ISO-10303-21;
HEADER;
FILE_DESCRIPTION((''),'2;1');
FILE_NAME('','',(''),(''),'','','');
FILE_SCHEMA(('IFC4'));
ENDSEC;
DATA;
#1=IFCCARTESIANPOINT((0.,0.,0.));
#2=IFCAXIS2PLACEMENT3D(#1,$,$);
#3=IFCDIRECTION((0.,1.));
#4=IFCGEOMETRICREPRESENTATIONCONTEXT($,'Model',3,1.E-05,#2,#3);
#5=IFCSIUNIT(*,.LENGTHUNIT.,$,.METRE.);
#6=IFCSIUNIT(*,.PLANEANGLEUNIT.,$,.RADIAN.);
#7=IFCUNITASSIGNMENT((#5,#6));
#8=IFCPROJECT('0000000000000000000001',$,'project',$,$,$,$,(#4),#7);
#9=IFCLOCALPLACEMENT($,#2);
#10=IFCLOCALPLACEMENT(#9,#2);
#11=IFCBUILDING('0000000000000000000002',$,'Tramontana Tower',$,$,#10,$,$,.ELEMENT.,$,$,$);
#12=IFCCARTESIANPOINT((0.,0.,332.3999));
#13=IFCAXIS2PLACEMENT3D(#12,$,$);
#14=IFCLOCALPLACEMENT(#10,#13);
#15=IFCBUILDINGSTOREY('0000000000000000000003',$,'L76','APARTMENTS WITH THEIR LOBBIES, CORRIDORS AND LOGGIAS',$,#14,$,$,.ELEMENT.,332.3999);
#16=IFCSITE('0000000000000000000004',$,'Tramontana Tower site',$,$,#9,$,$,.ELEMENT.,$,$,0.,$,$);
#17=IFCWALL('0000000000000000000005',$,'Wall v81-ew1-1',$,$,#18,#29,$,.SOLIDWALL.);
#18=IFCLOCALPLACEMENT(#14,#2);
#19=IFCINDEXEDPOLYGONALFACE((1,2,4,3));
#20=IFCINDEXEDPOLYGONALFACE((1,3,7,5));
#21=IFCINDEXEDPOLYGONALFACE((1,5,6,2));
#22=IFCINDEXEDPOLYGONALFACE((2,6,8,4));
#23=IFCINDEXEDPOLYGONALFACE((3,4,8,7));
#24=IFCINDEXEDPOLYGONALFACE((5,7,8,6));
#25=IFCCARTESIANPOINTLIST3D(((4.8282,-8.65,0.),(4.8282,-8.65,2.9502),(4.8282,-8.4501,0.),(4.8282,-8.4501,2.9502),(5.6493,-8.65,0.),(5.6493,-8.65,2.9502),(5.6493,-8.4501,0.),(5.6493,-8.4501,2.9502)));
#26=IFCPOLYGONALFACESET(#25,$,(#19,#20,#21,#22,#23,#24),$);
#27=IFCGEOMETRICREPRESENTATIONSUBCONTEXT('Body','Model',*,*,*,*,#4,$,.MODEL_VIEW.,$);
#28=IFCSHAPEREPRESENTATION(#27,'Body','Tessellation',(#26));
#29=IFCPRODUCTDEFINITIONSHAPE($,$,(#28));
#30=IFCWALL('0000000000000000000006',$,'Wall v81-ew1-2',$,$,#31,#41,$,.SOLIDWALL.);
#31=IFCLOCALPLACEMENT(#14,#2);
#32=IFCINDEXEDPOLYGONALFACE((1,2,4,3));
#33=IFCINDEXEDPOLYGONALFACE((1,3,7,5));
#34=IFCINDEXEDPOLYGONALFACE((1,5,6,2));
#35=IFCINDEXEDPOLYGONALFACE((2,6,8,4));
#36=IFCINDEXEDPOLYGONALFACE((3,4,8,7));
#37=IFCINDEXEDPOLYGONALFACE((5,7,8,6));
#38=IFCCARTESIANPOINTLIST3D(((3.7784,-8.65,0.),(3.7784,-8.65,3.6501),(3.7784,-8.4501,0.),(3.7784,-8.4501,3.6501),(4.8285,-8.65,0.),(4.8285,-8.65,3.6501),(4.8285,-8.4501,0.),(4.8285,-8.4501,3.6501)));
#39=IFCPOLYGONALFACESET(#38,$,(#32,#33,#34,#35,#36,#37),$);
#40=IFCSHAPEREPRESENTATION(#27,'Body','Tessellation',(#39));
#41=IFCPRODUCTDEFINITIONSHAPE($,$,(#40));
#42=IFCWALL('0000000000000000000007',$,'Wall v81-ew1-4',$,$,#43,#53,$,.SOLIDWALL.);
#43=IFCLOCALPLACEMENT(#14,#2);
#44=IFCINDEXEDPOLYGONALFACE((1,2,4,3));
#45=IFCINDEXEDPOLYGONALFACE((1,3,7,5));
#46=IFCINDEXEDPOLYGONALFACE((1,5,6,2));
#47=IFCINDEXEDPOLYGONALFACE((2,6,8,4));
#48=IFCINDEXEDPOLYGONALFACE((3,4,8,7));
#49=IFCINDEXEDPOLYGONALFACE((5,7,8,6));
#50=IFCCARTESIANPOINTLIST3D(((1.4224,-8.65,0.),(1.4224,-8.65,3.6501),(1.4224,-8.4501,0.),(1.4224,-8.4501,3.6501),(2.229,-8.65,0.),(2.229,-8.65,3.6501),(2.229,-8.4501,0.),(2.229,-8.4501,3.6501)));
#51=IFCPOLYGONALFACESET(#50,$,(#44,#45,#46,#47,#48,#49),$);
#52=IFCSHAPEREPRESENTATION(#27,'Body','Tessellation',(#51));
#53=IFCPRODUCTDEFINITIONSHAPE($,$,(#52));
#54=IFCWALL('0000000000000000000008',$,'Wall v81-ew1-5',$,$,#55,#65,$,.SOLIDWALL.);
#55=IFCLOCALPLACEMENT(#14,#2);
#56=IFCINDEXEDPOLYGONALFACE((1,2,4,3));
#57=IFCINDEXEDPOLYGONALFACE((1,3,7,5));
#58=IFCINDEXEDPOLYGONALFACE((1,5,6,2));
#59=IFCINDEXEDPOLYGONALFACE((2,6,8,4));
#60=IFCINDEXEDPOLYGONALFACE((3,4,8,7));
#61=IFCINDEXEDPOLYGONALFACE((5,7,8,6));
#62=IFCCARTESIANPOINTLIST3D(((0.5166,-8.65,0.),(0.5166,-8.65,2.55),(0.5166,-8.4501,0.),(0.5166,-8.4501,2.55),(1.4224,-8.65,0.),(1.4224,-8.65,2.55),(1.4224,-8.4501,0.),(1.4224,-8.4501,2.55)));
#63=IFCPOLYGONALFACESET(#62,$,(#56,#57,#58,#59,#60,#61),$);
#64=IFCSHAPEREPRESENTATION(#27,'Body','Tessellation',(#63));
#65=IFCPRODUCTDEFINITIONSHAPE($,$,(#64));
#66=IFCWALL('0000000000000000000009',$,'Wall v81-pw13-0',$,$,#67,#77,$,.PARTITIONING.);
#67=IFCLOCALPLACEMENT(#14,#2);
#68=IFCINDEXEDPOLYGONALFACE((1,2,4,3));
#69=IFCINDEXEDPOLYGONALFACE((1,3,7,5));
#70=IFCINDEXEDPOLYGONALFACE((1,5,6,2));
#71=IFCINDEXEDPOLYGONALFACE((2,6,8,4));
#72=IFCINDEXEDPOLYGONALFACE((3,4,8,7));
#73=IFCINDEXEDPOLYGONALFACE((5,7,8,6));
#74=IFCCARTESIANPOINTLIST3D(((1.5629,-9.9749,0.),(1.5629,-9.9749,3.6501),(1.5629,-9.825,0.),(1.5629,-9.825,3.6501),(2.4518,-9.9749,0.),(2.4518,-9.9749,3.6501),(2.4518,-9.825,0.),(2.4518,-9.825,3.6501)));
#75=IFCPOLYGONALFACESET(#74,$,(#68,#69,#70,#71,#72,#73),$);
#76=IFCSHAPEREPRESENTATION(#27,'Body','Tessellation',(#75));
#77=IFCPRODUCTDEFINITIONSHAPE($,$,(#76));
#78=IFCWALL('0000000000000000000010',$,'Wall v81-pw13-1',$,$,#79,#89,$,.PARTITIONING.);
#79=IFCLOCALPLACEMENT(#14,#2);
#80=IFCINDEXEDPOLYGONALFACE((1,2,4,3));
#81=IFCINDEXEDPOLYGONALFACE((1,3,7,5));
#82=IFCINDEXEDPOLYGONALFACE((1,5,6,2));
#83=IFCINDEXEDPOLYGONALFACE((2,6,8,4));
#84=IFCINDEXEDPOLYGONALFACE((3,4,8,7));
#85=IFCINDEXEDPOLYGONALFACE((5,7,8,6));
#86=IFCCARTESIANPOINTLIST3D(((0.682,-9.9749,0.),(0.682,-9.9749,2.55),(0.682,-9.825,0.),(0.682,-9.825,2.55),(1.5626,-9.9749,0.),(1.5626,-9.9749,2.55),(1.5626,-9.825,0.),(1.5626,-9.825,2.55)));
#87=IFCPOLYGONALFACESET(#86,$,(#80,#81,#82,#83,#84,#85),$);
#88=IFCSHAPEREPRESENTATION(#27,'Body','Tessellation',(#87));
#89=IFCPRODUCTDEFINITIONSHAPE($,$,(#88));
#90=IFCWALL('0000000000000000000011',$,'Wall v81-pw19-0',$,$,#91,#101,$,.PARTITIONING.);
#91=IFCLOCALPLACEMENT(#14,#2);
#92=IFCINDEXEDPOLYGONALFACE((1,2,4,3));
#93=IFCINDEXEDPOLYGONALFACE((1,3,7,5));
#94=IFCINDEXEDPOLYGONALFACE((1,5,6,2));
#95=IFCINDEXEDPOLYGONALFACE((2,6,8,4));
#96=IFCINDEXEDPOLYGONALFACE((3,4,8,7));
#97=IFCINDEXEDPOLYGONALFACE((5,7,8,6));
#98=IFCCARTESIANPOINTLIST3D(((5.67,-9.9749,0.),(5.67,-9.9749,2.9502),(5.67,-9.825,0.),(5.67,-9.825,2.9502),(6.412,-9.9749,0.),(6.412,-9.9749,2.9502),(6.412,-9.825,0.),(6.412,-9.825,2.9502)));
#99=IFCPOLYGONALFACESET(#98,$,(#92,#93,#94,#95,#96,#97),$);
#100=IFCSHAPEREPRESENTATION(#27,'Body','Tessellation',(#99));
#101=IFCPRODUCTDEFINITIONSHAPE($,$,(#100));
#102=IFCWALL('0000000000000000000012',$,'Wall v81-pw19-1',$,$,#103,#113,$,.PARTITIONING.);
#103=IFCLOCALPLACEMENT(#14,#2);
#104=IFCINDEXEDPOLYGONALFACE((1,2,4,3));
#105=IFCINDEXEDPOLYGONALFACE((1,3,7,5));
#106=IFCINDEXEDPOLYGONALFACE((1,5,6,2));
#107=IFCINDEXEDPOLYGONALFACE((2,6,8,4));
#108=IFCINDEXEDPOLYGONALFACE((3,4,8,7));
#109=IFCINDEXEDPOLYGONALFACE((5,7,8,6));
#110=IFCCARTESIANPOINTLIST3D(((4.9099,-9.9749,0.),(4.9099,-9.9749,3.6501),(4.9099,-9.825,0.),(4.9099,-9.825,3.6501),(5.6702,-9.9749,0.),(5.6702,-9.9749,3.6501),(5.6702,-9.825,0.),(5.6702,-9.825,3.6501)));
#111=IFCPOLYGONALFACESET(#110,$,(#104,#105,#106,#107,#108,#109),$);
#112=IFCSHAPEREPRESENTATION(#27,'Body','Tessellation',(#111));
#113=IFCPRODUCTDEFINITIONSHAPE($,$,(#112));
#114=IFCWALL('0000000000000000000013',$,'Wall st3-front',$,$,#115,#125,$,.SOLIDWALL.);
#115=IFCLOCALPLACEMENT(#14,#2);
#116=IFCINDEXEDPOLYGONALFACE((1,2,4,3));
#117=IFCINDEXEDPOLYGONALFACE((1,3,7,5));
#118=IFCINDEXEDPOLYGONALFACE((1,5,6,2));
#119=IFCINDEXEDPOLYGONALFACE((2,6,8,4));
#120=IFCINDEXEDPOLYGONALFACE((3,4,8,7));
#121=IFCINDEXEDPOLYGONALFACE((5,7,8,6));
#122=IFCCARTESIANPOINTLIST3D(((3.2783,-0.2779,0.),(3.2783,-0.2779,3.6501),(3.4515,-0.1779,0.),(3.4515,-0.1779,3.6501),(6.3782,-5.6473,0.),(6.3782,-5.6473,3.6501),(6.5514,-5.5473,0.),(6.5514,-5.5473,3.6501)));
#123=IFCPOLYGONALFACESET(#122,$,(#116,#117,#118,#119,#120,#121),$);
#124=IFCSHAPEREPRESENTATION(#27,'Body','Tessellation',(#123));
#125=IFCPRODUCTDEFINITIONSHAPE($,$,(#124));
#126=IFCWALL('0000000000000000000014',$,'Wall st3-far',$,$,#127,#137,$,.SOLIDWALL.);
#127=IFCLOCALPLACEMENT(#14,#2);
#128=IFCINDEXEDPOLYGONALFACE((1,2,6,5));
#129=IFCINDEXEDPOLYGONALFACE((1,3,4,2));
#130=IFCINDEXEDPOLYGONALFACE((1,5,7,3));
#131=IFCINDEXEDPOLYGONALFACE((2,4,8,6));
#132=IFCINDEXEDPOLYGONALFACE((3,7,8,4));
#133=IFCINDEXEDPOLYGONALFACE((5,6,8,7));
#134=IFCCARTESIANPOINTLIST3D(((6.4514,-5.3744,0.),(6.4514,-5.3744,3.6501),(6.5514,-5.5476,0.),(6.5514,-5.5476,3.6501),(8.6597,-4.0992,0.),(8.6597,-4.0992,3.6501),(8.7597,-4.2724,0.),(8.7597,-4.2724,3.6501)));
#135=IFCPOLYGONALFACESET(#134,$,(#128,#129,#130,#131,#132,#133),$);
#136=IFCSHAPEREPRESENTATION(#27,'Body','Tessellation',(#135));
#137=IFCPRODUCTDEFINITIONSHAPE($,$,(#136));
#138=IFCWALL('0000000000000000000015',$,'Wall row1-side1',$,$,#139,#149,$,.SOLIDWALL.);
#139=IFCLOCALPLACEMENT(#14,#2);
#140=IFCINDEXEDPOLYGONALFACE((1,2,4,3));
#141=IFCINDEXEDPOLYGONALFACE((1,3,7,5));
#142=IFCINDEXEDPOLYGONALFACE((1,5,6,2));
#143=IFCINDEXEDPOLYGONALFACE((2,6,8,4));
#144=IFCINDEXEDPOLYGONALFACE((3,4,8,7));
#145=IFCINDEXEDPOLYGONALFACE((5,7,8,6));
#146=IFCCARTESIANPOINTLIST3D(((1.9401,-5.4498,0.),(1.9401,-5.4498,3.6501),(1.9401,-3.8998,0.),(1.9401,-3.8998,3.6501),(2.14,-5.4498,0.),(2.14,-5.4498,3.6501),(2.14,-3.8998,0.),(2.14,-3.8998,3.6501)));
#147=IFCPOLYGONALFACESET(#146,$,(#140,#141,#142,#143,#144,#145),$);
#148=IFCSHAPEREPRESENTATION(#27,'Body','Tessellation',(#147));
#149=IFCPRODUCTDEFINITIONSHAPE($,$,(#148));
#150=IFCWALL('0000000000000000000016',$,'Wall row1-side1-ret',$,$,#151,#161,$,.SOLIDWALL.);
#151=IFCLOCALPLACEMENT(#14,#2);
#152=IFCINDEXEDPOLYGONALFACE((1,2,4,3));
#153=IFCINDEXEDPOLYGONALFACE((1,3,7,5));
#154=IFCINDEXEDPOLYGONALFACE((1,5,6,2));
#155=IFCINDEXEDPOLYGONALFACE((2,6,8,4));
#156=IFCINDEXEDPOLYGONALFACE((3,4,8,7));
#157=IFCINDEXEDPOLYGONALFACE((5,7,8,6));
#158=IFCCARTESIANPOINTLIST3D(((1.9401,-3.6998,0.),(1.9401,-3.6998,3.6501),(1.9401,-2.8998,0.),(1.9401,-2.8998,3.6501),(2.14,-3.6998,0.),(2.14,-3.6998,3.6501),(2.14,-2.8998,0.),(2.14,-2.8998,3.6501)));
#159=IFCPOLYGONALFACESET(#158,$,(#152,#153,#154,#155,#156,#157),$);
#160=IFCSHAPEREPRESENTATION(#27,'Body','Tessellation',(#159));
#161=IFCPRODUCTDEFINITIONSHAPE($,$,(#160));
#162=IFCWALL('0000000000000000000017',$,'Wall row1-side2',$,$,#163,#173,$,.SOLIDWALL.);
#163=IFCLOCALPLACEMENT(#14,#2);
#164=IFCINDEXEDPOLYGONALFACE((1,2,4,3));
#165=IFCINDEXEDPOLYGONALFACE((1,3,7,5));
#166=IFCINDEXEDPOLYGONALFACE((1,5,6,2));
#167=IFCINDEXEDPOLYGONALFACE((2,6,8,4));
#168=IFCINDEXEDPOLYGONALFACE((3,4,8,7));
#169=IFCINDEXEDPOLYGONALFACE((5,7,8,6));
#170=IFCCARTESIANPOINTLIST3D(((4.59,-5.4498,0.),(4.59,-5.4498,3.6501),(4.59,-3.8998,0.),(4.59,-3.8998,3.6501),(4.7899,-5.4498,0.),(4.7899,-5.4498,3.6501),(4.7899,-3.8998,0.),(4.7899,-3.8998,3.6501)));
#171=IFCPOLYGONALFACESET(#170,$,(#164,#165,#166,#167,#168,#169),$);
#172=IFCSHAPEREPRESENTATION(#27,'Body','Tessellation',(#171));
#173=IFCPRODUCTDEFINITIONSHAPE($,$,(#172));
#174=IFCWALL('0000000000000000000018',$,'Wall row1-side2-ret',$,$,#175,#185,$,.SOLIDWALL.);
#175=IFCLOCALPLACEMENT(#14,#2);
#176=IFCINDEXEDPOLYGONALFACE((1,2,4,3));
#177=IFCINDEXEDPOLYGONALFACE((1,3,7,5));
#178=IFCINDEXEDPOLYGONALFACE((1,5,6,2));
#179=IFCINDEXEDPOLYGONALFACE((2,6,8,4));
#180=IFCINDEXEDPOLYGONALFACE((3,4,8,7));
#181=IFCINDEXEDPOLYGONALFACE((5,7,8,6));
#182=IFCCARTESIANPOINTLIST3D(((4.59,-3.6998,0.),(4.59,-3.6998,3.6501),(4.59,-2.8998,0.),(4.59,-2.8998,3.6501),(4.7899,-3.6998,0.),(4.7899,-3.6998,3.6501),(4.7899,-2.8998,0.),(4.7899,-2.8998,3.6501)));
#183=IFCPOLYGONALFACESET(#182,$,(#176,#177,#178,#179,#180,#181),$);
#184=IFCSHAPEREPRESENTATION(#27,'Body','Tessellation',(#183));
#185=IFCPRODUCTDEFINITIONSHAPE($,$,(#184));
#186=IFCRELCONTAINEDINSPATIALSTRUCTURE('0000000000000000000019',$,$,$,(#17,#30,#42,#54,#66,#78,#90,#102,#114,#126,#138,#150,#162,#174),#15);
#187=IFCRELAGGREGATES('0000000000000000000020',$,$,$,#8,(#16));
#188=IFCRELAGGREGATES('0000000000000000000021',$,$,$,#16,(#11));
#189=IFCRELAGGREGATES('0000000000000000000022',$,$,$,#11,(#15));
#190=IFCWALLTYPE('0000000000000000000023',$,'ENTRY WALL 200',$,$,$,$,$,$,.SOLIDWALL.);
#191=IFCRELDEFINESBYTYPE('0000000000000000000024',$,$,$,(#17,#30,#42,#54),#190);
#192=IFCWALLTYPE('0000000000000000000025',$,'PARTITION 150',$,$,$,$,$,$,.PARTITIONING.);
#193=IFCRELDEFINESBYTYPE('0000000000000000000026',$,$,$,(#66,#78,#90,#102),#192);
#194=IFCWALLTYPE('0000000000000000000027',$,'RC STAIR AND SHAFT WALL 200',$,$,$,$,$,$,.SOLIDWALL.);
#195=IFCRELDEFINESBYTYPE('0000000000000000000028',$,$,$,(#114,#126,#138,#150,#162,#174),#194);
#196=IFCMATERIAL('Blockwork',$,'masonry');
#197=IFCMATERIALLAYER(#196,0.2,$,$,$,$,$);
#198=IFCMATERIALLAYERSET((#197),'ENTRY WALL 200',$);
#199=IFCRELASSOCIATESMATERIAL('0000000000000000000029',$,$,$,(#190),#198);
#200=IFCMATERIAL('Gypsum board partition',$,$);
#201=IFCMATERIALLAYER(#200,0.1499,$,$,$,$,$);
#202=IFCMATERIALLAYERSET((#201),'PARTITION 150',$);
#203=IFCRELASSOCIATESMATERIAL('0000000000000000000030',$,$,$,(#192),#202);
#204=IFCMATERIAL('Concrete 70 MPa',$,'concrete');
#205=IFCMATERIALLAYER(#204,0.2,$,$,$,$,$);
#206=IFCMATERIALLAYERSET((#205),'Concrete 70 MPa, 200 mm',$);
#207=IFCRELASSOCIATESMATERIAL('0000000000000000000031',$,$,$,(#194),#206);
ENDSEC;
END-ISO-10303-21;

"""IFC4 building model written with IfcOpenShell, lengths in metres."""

from ifc_helpers import new_model, si_unit, direction, frame, frame_2d, origin, place, context, subcontext, project, spatial, rectangle, extrude, material, layer, layer_set, type_object, element, save


model = new_model("IFC4")

# Units and contexts
model_context = context("Model", 3, precision=1e-05, world=origin(), true_north=direction((0.0, 1.0)))
body_context = subcontext(model_context, "Body", "Model", "MODEL_VIEW")
ifc_project = project(units=[si_unit("LENGTHUNIT", "METRE"), si_unit("PLANEANGLEUNIT", "RADIAN")], contexts=[model_context])

# Site, building, storey
site_placement = place(None, origin())
site = spatial("IfcSite", under=ifc_project, at=site_placement, Name="Tramontana Tower site", CompositionType="ELEMENT", RefElevation=0.0)
building_placement = place(site_placement, origin())
building = spatial("IfcBuilding", under=site, at=building_placement, Name="Tramontana Tower", CompositionType="ELEMENT")
storey_placement = place(building_placement, frame((0.0, 0.0, 332.3999)))
storey = spatial("IfcBuildingStorey", under=building, at=storey_placement, Name="L76", Description="APARTMENTS WITH THEIR LOBBIES, CORRIDORS AND LOGGIAS", CompositionType="ELEMENT", Elevation=332.3999)

# Walls
ifc_material_1 = material(Name="Blockwork", Category="masonry")
ifc_layer_1 = layer(ifc_material_1, 0.2)
ifc_layer_set_1 = layer_set([ifc_layer_1], Name="ENTRY WALL 200")
wall_type_1 = type_object("IfcWallType", Name="ENTRY WALL 200", PredefinedType="SOLIDWALL", material=ifc_layer_set_1)
wall_1_placement = place(storey_placement, frame((5.6494, -8.55, 0.0), z_axis=(0.0, 0.0, 1.0), x_axis=(-1.0, 0.0, 0.0)))
element("IfcWall", 1, at=wall_1_placement, inside=storey, type_object=wall_type_1, Name="Wall v81-ew1-1", PredefinedType="SOLIDWALL", context=body_context, shape_type="SweptSolid", body=[
    extrude(rectangle(XDim=0.821, YDim=0.2, at=frame_2d((0.4106, 0.0))), origin(), (0.0, 0.0, 1.0), 2.9502),
])
wall_2_placement = place(storey_placement, frame((4.8284, -8.55, 0.0), z_axis=(0.0, 0.0, 1.0), x_axis=(-1.0, 0.0, 0.0)))
element("IfcWall", 2, at=wall_2_placement, inside=storey, type_object=wall_type_1, Name="Wall v81-ew1-2", PredefinedType="SOLIDWALL", context=body_context, shape_type="SweptSolid", body=[
    extrude(rectangle(XDim=1.05, YDim=0.2, at=frame_2d((0.5249, 0.0))), origin(), (0.0, 0.0, 1.0), 3.6501),
])

# Walls
wall_3_placement = place(storey_placement, frame((2.229, -8.55, 0.0), z_axis=(0.0, 0.0, 1.0), x_axis=(-1.0, 0.0, 0.0)))
element("IfcWall", 3, at=wall_3_placement, inside=storey, type_object=wall_type_1, Name="Wall v81-ew1-4", PredefinedType="SOLIDWALL", context=body_context, shape_type="SweptSolid", body=[
    extrude(rectangle(XDim=0.8066, YDim=0.2, at=frame_2d((0.4033, 0.0))), origin(), (0.0, 0.0, 1.0), 3.6501),
])
wall_4_placement = place(storey_placement, frame((1.4224, -8.55, 0.0), z_axis=(0.0, 0.0, 1.0), x_axis=(-1.0, 0.0, 0.0)))
element("IfcWall", 4, at=wall_4_placement, inside=storey, type_object=wall_type_1, Name="Wall v81-ew1-5", PredefinedType="SOLIDWALL", context=body_context, shape_type="SweptSolid", body=[
    extrude(rectangle(XDim=0.9058, YDim=0.2, at=frame_2d((0.4529, 0.0))), origin(), (0.0, 0.0, 1.0), 2.55),
])
ifc_material_2 = material(Name="Gypsum board partition")
ifc_layer_2 = layer(ifc_material_2, 0.1499)
ifc_layer_set_2 = layer_set([ifc_layer_2], Name="PARTITION 150")
wall_type_2 = type_object("IfcWallType", Name="PARTITION 150", PredefinedType="PARTITIONING", material=ifc_layer_set_2)
wall_5_placement = place(storey_placement, frame((2.4517, -9.8999, 0.0), z_axis=(0.0, 0.0, 1.0), x_axis=(-1.0, 0.0, 0.0)))
element("IfcWall", 5, at=wall_5_placement, inside=storey, type_object=wall_type_2, Name="Wall v81-pw13-0", PredefinedType="PARTITIONING", context=body_context, shape_type="SweptSolid", body=[
    extrude(rectangle(XDim=0.8889, YDim=0.1499, at=frame_2d((0.4443, 0.0))), origin(), (0.0, 0.0, 1.0), 3.6501),
])
wall_6_placement = place(storey_placement, frame((1.5627, -9.8999, 0.0), z_axis=(0.0, 0.0, 1.0), x_axis=(-1.0, 0.0, 0.0)))
element("IfcWall", 6, at=wall_6_placement, inside=storey, type_object=wall_type_2, Name="Wall v81-pw13-1", PredefinedType="PARTITIONING", context=body_context, shape_type="SweptSolid", body=[
    extrude(rectangle(XDim=0.8806, YDim=0.1499, at=frame_2d((0.4404, 0.0))), origin(), (0.0, 0.0, 1.0), 2.55),
])
wall_7_placement = place(storey_placement, frame((6.4121, -9.8999, 0.0), z_axis=(0.0, 0.0, 1.0), x_axis=(-1.0, 0.0, 0.0)))
element("IfcWall", 7, at=wall_7_placement, inside=storey, type_object=wall_type_2, Name="Wall v81-pw19-0", PredefinedType="PARTITIONING", context=body_context, shape_type="SweptSolid", body=[
    extrude(rectangle(XDim=0.7419, YDim=0.1499, at=frame_2d((0.3711, 0.0))), origin(), (0.0, 0.0, 1.0), 2.9502),
])
wall_8_placement = place(storey_placement, frame((5.6702, -9.8999, 0.0), z_axis=(0.0, 0.0, 1.0), x_axis=(-1.0, 0.0, 0.0)))
element("IfcWall", 8, at=wall_8_placement, inside=storey, type_object=wall_type_2, Name="Wall v81-pw19-1", PredefinedType="PARTITIONING", context=body_context, shape_type="SweptSolid", body=[
    extrude(rectangle(XDim=0.7603, YDim=0.1499, at=frame_2d((0.3801, 0.0))), origin(), (0.0, 0.0, 1.0), 3.6501),
])
ifc_material_3 = material(Name="Concrete 70 MPa", Category="concrete")
ifc_layer_3 = layer(ifc_material_3, 0.2)
ifc_layer_set_3 = layer_set([ifc_layer_3], Name="Concrete 70 MPa, 200 mm")
wall_type_3 = type_object("IfcWallType", Name="RC STAIR AND SHAFT WALL 200", PredefinedType="SOLIDWALL", material=ifc_layer_set_3)
wall_9_placement = place(storey_placement, frame((6.4648, -5.5974, 0.0), z_axis=(0.0, 0.0, 1.0), x_axis=(-0.49998, 0.866037, 0.0)))
element("IfcWall", 9, at=wall_9_placement, inside=storey, type_object=wall_type_3, Name="Wall st3-front", PredefinedType="SOLIDWALL", context=body_context, shape_type="SweptSolid", body=[
    extrude(rectangle(XDim=6.2, YDim=0.2, at=frame_2d((3.1001, 0.0))), origin(), (0.0, 0.0, 1.0), 3.6501),
])
wall_10_placement = place(storey_placement, frame((6.5015, -5.4609, 0.0), z_axis=(0.0, 0.0, 1.0), x_axis=(0.865989, 0.500062, 0.0)))
element("IfcWall", 10, at=wall_10_placement, inside=storey, type_object=wall_type_3, Name="Wall st3-far", PredefinedType="SOLIDWALL", context=body_context, shape_type="SweptSolid", body=[
    extrude(rectangle(XDim=2.55, YDim=0.2, at=frame_2d((1.2749, 0.0))), origin(), (0.0, 0.0, 1.0), 3.6501),
])

# Walls
wall_11_placement = place(storey_placement, frame((2.04, -3.8999, 0.0), z_axis=(0.0, 0.0, 1.0), x_axis=(0.0, -1.0, 0.0)))
element("IfcWall", 11, at=wall_11_placement, inside=storey, type_object=wall_type_3, Name="Wall row1-side1", PredefinedType="SOLIDWALL", context=body_context, shape_type="SweptSolid", body=[
    extrude(rectangle(XDim=1.55, YDim=0.2, at=frame_2d((0.7749, 0.0))), origin(), (0.0, 0.0, 1.0), 3.6501),
])
wall_12_placement = place(storey_placement, frame((2.04, -2.8999, 0.0), z_axis=(0.0, 0.0, 1.0), x_axis=(0.0, -1.0, 0.0)))
element("IfcWall", 12, at=wall_12_placement, inside=storey, type_object=wall_type_3, Name="Wall row1-side1-ret", PredefinedType="SOLIDWALL", context=body_context, shape_type="SweptSolid", body=[
    extrude(rectangle(XDim=0.8, YDim=0.2, at=frame_2d((0.3999, 0.0))), origin(), (0.0, 0.0, 1.0), 3.6501),
])
wall_13_placement = place(storey_placement, frame((4.6899, -3.8999, 0.0), z_axis=(0.0, 0.0, 1.0), x_axis=(0.0, -1.0, 0.0)))
element("IfcWall", 13, at=wall_13_placement, inside=storey, type_object=wall_type_3, Name="Wall row1-side2", PredefinedType="SOLIDWALL", context=body_context, shape_type="SweptSolid", body=[
    extrude(rectangle(XDim=1.55, YDim=0.2, at=frame_2d((0.7749, 0.0))), origin(), (0.0, 0.0, 1.0), 3.6501),
])
wall_14_placement = place(storey_placement, frame((4.6899, -2.8999, 0.0), z_axis=(0.0, 0.0, 1.0), x_axis=(0.0, -1.0, 0.0)))
element("IfcWall", 14, at=wall_14_placement, inside=storey, type_object=wall_type_3, Name="Wall row1-side2-ret", PredefinedType="SOLIDWALL", context=body_context, shape_type="SweptSolid", body=[
    extrude(rectangle(XDim=0.8, YDim=0.2, at=frame_2d((0.3999, 0.0))), origin(), (0.0, 0.0, 1.0), 3.6501),
])

save(model, "model.ifc")
